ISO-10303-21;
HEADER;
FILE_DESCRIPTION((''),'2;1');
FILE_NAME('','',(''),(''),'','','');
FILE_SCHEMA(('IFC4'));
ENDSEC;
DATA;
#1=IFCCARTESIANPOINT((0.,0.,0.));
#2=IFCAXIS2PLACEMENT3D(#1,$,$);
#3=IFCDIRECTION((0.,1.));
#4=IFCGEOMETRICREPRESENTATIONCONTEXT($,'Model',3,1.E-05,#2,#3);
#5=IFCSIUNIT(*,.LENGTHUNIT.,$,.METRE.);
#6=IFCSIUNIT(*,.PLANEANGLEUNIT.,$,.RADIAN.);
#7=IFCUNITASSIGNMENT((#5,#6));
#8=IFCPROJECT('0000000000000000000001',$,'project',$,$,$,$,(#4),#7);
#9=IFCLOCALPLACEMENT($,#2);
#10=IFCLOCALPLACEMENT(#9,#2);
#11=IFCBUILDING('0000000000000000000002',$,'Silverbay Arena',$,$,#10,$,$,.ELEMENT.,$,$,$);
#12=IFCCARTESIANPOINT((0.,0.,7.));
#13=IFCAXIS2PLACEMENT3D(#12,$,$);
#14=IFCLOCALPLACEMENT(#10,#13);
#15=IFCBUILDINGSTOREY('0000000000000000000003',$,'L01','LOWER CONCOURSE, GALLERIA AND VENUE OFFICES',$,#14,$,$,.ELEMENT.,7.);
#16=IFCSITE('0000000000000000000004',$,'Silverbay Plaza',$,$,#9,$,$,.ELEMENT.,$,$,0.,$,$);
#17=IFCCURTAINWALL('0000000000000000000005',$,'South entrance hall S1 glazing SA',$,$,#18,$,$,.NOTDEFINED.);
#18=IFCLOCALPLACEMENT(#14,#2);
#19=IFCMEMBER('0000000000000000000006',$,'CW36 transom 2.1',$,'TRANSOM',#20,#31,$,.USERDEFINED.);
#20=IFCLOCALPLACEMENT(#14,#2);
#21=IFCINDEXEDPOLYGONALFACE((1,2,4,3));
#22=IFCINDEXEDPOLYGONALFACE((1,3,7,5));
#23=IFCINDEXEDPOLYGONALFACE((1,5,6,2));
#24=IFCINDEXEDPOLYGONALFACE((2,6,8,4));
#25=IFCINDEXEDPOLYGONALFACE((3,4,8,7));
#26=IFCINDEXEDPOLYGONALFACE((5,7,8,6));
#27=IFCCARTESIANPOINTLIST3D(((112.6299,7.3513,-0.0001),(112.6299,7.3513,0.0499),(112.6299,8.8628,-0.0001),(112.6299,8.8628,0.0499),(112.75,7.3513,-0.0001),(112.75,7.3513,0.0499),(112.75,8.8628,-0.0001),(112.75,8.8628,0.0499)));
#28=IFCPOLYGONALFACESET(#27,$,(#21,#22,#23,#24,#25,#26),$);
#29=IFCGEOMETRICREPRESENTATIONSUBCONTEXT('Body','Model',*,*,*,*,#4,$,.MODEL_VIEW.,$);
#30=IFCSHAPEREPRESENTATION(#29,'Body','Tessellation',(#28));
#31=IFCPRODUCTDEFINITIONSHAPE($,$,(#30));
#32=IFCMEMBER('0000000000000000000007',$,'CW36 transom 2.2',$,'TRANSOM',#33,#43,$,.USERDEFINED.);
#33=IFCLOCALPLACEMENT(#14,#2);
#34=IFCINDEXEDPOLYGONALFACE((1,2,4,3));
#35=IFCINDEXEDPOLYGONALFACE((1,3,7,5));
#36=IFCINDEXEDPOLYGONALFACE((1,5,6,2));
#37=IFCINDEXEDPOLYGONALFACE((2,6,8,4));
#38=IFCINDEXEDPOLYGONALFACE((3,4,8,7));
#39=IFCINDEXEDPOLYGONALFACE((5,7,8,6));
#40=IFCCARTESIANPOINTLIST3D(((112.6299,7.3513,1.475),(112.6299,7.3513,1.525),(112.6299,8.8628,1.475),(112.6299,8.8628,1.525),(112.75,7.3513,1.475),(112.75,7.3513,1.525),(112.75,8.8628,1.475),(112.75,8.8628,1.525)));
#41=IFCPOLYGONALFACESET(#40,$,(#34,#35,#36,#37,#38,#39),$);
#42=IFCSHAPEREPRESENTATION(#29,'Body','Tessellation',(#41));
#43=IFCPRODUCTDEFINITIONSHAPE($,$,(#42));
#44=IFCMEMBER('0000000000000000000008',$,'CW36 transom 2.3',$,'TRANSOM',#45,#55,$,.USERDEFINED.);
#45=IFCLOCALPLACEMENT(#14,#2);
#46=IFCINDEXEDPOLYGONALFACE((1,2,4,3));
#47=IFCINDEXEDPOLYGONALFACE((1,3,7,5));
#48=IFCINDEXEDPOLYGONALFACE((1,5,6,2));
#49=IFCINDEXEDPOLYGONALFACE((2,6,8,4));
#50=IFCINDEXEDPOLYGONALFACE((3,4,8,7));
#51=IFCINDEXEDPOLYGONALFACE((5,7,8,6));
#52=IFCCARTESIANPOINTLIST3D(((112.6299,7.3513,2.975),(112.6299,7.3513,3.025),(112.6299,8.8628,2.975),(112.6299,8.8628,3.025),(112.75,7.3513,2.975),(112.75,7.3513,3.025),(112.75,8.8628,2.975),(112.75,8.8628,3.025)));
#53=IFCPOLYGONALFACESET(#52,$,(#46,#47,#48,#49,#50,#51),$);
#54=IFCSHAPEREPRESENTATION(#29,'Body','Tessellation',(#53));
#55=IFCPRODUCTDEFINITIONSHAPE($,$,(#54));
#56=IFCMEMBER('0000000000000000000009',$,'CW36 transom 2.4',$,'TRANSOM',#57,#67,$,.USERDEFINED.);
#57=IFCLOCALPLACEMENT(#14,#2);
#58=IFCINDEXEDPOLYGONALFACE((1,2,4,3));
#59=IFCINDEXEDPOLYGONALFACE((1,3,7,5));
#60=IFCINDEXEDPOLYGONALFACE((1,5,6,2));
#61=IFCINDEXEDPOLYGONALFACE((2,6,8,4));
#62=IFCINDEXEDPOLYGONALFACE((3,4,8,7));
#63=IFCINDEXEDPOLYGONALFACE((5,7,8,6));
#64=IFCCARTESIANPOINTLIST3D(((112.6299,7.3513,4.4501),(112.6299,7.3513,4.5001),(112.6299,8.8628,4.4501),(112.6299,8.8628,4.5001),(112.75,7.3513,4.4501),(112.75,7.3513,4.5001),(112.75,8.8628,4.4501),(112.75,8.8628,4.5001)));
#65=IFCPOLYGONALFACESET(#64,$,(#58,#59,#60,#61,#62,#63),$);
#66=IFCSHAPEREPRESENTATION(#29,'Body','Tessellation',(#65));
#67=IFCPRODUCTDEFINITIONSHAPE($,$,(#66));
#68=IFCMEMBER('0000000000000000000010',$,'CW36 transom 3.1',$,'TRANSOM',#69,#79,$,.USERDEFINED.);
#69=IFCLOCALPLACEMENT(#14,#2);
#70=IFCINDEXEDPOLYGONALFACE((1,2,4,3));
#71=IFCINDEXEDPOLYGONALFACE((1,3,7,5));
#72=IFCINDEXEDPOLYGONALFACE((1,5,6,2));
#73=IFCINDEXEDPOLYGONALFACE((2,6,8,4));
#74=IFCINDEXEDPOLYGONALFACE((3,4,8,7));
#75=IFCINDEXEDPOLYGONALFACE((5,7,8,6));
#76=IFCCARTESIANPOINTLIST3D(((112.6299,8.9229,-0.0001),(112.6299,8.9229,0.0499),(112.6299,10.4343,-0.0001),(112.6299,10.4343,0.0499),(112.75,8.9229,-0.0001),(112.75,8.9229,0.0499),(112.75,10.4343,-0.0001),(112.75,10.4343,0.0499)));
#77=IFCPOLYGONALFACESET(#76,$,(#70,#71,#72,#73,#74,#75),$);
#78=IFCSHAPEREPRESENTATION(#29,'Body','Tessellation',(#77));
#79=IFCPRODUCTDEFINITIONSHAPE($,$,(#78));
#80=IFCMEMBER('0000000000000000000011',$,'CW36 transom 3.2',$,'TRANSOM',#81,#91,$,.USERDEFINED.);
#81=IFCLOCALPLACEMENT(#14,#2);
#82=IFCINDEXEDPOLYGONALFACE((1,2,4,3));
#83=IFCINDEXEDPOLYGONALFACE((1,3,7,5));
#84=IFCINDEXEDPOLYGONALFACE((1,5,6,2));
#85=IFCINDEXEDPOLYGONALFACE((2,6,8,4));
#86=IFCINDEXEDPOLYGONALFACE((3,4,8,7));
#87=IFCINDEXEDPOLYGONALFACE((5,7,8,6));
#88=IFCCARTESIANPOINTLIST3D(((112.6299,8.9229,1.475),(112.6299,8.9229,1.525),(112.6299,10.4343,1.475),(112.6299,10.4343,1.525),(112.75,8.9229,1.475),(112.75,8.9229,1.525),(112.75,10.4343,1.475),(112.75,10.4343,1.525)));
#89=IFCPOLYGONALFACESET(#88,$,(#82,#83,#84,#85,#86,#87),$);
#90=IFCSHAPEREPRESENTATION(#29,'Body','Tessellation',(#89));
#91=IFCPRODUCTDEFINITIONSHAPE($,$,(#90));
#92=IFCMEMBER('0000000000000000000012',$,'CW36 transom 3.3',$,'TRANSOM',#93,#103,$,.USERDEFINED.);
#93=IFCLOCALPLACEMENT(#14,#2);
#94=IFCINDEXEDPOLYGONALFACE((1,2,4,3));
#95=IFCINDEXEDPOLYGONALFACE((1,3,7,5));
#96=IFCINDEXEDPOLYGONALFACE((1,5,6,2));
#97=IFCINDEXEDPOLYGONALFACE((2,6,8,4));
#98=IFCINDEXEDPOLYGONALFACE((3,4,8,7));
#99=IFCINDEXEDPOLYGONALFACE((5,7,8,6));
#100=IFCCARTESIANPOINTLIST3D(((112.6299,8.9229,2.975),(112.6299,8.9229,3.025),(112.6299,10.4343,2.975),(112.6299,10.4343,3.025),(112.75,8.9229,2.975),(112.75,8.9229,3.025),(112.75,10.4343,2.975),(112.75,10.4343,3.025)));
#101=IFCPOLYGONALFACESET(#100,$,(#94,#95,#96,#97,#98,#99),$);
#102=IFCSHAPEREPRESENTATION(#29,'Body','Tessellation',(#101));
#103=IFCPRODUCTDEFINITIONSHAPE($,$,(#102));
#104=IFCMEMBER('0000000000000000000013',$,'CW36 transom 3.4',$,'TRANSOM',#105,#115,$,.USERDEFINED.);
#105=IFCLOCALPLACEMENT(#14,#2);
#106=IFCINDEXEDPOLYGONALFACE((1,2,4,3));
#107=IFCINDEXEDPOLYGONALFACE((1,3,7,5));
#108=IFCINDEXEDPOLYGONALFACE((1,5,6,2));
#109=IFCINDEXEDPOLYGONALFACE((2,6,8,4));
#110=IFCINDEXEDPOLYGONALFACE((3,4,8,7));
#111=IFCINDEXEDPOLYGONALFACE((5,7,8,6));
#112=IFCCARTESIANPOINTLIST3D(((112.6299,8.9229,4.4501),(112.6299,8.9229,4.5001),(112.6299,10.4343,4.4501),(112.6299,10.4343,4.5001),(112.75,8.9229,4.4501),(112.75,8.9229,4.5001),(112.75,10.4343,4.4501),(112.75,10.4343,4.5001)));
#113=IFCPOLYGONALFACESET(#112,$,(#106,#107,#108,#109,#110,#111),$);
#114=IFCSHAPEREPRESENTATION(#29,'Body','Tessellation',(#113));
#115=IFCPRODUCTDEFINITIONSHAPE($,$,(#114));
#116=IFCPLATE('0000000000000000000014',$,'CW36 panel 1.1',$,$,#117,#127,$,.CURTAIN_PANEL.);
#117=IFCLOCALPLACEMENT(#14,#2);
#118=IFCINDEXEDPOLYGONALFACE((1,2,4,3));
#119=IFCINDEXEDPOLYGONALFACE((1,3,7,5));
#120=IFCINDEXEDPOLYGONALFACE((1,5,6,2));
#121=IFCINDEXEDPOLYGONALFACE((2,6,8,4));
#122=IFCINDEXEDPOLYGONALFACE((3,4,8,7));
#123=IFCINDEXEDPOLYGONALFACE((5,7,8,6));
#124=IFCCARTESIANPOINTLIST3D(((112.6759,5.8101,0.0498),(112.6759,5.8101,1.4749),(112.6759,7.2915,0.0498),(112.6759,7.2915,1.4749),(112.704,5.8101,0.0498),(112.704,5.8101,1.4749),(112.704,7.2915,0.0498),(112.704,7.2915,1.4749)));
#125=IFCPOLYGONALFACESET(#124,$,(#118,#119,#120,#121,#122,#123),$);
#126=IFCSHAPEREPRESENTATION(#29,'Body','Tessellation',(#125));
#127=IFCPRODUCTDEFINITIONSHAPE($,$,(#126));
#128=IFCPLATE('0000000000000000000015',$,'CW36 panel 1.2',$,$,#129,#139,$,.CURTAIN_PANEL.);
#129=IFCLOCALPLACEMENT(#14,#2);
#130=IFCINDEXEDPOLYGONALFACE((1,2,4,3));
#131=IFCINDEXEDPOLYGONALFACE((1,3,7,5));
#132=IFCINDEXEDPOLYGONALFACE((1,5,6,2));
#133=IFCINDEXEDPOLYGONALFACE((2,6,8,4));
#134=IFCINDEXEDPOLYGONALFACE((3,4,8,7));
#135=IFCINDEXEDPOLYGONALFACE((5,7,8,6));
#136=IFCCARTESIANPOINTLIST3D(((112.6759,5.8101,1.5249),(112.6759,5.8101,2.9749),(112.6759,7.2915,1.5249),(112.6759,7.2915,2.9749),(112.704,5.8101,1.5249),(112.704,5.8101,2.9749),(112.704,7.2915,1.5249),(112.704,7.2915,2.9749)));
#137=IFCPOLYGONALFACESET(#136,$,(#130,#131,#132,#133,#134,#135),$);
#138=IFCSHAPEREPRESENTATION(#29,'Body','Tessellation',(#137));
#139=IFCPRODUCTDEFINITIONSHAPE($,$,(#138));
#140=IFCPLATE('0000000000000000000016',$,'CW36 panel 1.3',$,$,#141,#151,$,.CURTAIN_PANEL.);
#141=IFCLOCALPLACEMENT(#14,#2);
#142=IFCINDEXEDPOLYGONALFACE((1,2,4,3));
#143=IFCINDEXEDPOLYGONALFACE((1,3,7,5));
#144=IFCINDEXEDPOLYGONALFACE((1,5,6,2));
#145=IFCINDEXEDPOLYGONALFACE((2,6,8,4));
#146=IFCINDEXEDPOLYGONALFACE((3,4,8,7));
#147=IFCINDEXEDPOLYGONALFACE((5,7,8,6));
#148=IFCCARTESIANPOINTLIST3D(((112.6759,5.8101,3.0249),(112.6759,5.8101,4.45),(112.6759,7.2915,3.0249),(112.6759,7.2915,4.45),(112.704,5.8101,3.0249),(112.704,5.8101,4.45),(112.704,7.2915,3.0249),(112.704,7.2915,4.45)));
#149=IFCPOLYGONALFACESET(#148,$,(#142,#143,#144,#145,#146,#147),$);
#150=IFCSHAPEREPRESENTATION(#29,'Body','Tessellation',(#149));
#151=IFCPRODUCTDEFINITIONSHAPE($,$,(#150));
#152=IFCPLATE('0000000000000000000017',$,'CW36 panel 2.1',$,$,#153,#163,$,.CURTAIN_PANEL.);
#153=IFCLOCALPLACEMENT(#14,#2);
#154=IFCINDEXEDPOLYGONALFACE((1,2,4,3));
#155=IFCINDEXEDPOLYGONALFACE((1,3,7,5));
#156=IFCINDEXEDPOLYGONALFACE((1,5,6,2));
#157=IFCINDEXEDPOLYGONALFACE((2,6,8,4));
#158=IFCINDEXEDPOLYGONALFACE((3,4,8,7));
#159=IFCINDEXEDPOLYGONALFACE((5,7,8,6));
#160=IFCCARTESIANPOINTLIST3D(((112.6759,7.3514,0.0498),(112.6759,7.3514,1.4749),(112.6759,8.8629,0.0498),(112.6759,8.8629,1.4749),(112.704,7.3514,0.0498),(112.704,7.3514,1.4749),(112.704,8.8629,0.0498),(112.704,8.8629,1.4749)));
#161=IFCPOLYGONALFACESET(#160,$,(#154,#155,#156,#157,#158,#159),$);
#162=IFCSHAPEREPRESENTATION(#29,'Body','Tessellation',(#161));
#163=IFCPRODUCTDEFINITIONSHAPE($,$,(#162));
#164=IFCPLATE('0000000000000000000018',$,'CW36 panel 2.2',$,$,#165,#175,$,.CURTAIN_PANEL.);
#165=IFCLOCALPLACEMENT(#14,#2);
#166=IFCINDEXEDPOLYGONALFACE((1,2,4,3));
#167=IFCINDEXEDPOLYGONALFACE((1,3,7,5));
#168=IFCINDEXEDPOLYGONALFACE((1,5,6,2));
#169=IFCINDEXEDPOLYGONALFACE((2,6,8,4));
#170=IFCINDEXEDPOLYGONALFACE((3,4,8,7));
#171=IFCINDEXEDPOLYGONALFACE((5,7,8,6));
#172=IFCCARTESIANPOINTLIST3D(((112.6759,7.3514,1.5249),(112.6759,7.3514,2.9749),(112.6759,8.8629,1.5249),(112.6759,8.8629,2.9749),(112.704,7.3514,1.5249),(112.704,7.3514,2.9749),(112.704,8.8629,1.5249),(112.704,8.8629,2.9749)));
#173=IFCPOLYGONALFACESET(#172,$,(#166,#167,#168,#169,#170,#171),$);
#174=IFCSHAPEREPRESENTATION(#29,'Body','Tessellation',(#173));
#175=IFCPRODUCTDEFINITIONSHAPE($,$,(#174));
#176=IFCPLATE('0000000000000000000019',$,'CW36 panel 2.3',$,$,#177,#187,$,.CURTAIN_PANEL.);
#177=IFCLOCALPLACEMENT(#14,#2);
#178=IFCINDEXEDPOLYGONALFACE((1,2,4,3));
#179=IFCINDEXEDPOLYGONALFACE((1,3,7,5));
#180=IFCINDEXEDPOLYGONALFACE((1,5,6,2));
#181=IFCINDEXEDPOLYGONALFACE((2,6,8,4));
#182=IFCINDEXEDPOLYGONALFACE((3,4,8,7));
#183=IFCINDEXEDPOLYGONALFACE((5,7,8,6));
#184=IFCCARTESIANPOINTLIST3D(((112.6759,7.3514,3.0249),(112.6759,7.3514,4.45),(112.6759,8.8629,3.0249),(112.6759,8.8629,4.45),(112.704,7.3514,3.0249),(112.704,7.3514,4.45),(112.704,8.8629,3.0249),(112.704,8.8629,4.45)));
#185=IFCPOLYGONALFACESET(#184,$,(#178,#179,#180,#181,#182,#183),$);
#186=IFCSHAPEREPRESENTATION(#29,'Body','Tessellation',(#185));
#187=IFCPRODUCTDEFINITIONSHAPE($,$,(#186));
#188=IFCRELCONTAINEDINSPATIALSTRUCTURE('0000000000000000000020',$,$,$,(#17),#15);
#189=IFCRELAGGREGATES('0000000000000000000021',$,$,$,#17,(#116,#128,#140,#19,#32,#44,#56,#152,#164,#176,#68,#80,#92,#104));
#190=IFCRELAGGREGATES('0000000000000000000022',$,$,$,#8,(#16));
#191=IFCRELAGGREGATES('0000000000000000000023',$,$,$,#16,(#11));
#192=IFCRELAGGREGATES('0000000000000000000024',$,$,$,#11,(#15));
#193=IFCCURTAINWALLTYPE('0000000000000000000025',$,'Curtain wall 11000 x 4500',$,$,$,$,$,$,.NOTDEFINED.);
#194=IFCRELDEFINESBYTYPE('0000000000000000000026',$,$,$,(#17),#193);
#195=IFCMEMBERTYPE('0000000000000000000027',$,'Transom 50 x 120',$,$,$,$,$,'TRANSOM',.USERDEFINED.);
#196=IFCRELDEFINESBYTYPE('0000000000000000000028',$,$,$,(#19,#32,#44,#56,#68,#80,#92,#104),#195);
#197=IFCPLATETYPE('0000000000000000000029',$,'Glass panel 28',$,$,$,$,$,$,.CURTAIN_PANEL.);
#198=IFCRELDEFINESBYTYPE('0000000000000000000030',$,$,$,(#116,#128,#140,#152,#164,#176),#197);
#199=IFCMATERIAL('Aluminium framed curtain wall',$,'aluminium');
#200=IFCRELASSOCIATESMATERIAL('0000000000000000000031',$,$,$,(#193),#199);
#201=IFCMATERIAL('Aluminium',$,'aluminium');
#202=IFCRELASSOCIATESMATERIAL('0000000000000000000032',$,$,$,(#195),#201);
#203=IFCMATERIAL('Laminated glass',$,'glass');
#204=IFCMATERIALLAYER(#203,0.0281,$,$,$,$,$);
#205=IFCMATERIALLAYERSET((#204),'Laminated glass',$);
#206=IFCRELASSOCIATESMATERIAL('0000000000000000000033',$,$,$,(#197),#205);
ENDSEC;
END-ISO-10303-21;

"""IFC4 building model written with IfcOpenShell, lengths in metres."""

from ifc_helpers import new_model, si_unit, direction, frame, origin, origin_2d, place, context, subcontext, project, spatial, rectangle, extrude, material, layer, layer_set, material_profile, profile_set, type_object, element, aggregate, save


model = new_model("IFC4")

# Units and contexts
model_context = context("Model", 3, precision=1e-05, world=origin(), true_north=direction((0.0, 1.0)))
body_context = subcontext(model_context, "Body", "Model", "MODEL_VIEW")
ifc_project = project(units=[si_unit("LENGTHUNIT", "METRE"), si_unit("PLANEANGLEUNIT", "RADIAN")], contexts=[model_context])

# Site, building, storey
site_placement = place(None, origin())
site = spatial("IfcSite", under=ifc_project, at=site_placement, Name="Silverbay Plaza", CompositionType="ELEMENT", RefElevation=0.0)
building_placement = place(site_placement, origin())
building = spatial("IfcBuilding", under=site, at=building_placement, Name="Silverbay Arena", CompositionType="ELEMENT")
storey_placement = place(building_placement, frame((0.0, 0.0, 7.0)))
storey = spatial("IfcBuildingStorey", under=building, at=storey_placement, Name="L01", Description="LOWER CONCOURSE, GALLERIA AND VENUE OFFICES", CompositionType="ELEMENT", Elevation=7.0)

# Curtain wall
ifc_material_1 = material(Name="Aluminium framed curtain wall", Category="aluminium")
curtain_wall_type_1 = type_object("IfcCurtainWallType", Name="Curtain wall 11000 x 4500", PredefinedType="NOTDEFINED", material=ifc_material_1)
curtain_wall_1_placement = place(storey_placement, origin())
curtain_wall_1 = element("IfcCurtainWall", 1, at=curtain_wall_1_placement, inside=storey, type_object=curtain_wall_type_1, Name="South entrance hall S1 glazing SA", PredefinedType="NOTDEFINED")

# Members
ifc_material_2 = material(Name="Aluminium", Category="aluminium")
ifc_material_profile_1 = material_profile(ifc_material_2, rectangle(XDim=0.1201, YDim=0.05, at=origin_2d()), Name="Transom 50 x 120")
ifc_profile_set_1 = profile_set([ifc_material_profile_1], Name="Aluminium")
member_type_1 = type_object("IfcMemberType", Name="Transom 50 x 120", ElementType="TRANSOM", PredefinedType="USERDEFINED", material=ifc_profile_set_1)
member_1_placement = place(storey_placement, frame((112.6899, 7.3513, 0.0249), z_axis=(0.0, 1.0, 0.0), x_axis=(-1.0, 0.0, 0.0)))
member_1 = element("IfcMember", 2, at=member_1_placement, type_object=member_type_1, Name="CW36 transom 2.1", ObjectType="TRANSOM", PredefinedType="USERDEFINED", context=body_context, shape_type="SweptSolid", body=[
    extrude(rectangle(XDim=0.1201, YDim=0.05, at=origin_2d()), origin(), (0.0, 0.0, 1.0), 1.5115),
])
member_2_placement = place(storey_placement, frame((112.6899, 7.3513, 1.5), z_axis=(0.0, 1.0, 0.0), x_axis=(-1.0, 0.0, 0.0)))
member_2 = element("IfcMember", 3, at=member_2_placement, type_object=member_type_1, Name="CW36 transom 2.2", ObjectType="TRANSOM", PredefinedType="USERDEFINED", context=body_context, shape_type="SweptSolid", body=[
    extrude(rectangle(XDim=0.1201, YDim=0.05, at=origin_2d()), origin(), (0.0, 0.0, 1.0), 1.5115),
])
member_3_placement = place(storey_placement, frame((112.6899, 7.3513, 3.0), z_axis=(0.0, 1.0, 0.0), x_axis=(-1.0, 0.0, 0.0)))
member_3 = element("IfcMember", 4, at=member_3_placement, type_object=member_type_1, Name="CW36 transom 2.3", ObjectType="TRANSOM", PredefinedType="USERDEFINED", context=body_context, shape_type="SweptSolid", body=[
    extrude(rectangle(XDim=0.1201, YDim=0.05, at=origin_2d()), origin(), (0.0, 0.0, 1.0), 1.5115),
])
member_4_placement = place(storey_placement, frame((112.6899, 7.3513, 4.4751), z_axis=(0.0, 1.0, 0.0), x_axis=(-1.0, 0.0, 0.0)))
member_4 = element("IfcMember", 5, at=member_4_placement, type_object=member_type_1, Name="CW36 transom 2.4", ObjectType="TRANSOM", PredefinedType="USERDEFINED", context=body_context, shape_type="SweptSolid", body=[
    extrude(rectangle(XDim=0.1201, YDim=0.05, at=origin_2d()), origin(), (0.0, 0.0, 1.0), 1.5115),
])
member_5_placement = place(storey_placement, frame((112.6899, 8.9229, 0.0249), z_axis=(0.0, 1.0, 0.0), x_axis=(-1.0, 0.0, 0.0)))
member_5 = element("IfcMember", 6, at=member_5_placement, type_object=member_type_1, Name="CW36 transom 3.1", ObjectType="TRANSOM", PredefinedType="USERDEFINED", context=body_context, shape_type="SweptSolid", body=[
    extrude(rectangle(XDim=0.1201, YDim=0.05, at=origin_2d()), origin(), (0.0, 0.0, 1.0), 1.5115),
])
member_6_placement = place(storey_placement, frame((112.6899, 8.9229, 1.5), z_axis=(0.0, 1.0, 0.0), x_axis=(-1.0, 0.0, 0.0)))
member_6 = element("IfcMember", 7, at=member_6_placement, type_object=member_type_1, Name="CW36 transom 3.2", ObjectType="TRANSOM", PredefinedType="USERDEFINED", context=body_context, shape_type="SweptSolid", body=[
    extrude(rectangle(XDim=0.1201, YDim=0.05, at=origin_2d()), origin(), (0.0, 0.0, 1.0), 1.5115),
])
member_7_placement = place(storey_placement, frame((112.6899, 8.9229, 3.0), z_axis=(0.0, 1.0, 0.0), x_axis=(-1.0, 0.0, 0.0)))
member_7 = element("IfcMember", 8, at=member_7_placement, type_object=member_type_1, Name="CW36 transom 3.3", ObjectType="TRANSOM", PredefinedType="USERDEFINED", context=body_context, shape_type="SweptSolid", body=[
    extrude(rectangle(XDim=0.1201, YDim=0.05, at=origin_2d()), origin(), (0.0, 0.0, 1.0), 1.5115),
])
member_8_placement = place(storey_placement, frame((112.6899, 8.9229, 4.4751), z_axis=(0.0, 1.0, 0.0), x_axis=(-1.0, 0.0, 0.0)))
member_8 = element("IfcMember", 9, at=member_8_placement, type_object=member_type_1, Name="CW36 transom 3.4", ObjectType="TRANSOM", PredefinedType="USERDEFINED", context=body_context, shape_type="SweptSolid", body=[
    extrude(rectangle(XDim=0.1201, YDim=0.05, at=origin_2d()), origin(), (0.0, 0.0, 1.0), 1.5115),
])

# Plates
ifc_material_3 = material(Name="Laminated glass", Category="glass")
ifc_layer = layer(ifc_material_3, 0.0281)
ifc_layer_set = layer_set([ifc_layer], Name="Laminated glass")
plate_type = type_object("IfcPlateType", Name="Glass panel 28", PredefinedType="CURTAIN_PANEL", material=ifc_layer_set)
plate_1_placement = place(storey_placement, frame((112.6899, 6.5508, 0.0498), z_axis=(0.0, 0.0, 1.0), x_axis=(0.0, 1.0, 0.0)))
plate_1 = element("IfcPlate", 10, at=plate_1_placement, type_object=plate_type, Name="CW36 panel 1.1", PredefinedType="CURTAIN_PANEL", context=body_context, shape_type="SweptSolid", body=[
    extrude(rectangle(XDim=1.4814, YDim=0.0281, at=origin_2d()), origin(), (0.0, 0.0, 1.0), 1.425),
])
plate_2_placement = place(storey_placement, frame((112.6899, 6.5508, 1.5249), z_axis=(0.0, 0.0, 1.0), x_axis=(0.0, 1.0, 0.0)))
plate_2 = element("IfcPlate", 11, at=plate_2_placement, type_object=plate_type, Name="CW36 panel 1.2", PredefinedType="CURTAIN_PANEL", context=body_context, shape_type="SweptSolid", body=[
    extrude(rectangle(XDim=1.4814, YDim=0.0281, at=origin_2d()), origin(), (0.0, 0.0, 1.0), 1.45),
])
plate_3_placement = place(storey_placement, frame((112.6899, 6.5508, 3.0249), z_axis=(0.0, 0.0, 1.0), x_axis=(0.0, 1.0, 0.0)))
plate_3 = element("IfcPlate", 12, at=plate_3_placement, type_object=plate_type, Name="CW36 panel 1.3", PredefinedType="CURTAIN_PANEL", context=body_context, shape_type="SweptSolid", body=[
    extrude(rectangle(XDim=1.4814, YDim=0.0281, at=origin_2d()), origin(), (0.0, 0.0, 1.0), 1.425),
])
plate_4_placement = place(storey_placement, frame((112.6899, 8.1072, 0.0498), z_axis=(0.0, 0.0, 1.0), x_axis=(0.0, 1.0, 0.0)))
plate_4 = element("IfcPlate", 13, at=plate_4_placement, type_object=plate_type, Name="CW36 panel 2.1", PredefinedType="CURTAIN_PANEL", context=body_context, shape_type="SweptSolid", body=[
    extrude(rectangle(XDim=1.5115, YDim=0.0281, at=origin_2d()), origin(), (0.0, 0.0, 1.0), 1.425),
])
plate_5_placement = place(storey_placement, frame((112.6899, 8.1072, 1.5249), z_axis=(0.0, 0.0, 1.0), x_axis=(0.0, 1.0, 0.0)))
plate_5 = element("IfcPlate", 14, at=plate_5_placement, type_object=plate_type, Name="CW36 panel 2.2", PredefinedType="CURTAIN_PANEL", context=body_context, shape_type="SweptSolid", body=[
    extrude(rectangle(XDim=1.5115, YDim=0.0281, at=origin_2d()), origin(), (0.0, 0.0, 1.0), 1.45),
])
plate_6_placement = place(storey_placement, frame((112.6899, 8.1072, 3.0249), z_axis=(0.0, 0.0, 1.0), x_axis=(0.0, 1.0, 0.0)))
plate_6 = element("IfcPlate", 15, at=plate_6_placement, type_object=plate_type, Name="CW36 panel 2.3", PredefinedType="CURTAIN_PANEL", context=body_context, shape_type="SweptSolid", body=[
    extrude(rectangle(XDim=1.5115, YDim=0.0281, at=origin_2d()), origin(), (0.0, 0.0, 1.0), 1.425),
])
aggregate(curtain_wall_1, [plate_1, plate_2, plate_3, member_1, member_2, member_3, member_4, plate_4, plate_5, plate_6, member_5, member_6, member_7, member_8])

save(model, "model.ifc")
